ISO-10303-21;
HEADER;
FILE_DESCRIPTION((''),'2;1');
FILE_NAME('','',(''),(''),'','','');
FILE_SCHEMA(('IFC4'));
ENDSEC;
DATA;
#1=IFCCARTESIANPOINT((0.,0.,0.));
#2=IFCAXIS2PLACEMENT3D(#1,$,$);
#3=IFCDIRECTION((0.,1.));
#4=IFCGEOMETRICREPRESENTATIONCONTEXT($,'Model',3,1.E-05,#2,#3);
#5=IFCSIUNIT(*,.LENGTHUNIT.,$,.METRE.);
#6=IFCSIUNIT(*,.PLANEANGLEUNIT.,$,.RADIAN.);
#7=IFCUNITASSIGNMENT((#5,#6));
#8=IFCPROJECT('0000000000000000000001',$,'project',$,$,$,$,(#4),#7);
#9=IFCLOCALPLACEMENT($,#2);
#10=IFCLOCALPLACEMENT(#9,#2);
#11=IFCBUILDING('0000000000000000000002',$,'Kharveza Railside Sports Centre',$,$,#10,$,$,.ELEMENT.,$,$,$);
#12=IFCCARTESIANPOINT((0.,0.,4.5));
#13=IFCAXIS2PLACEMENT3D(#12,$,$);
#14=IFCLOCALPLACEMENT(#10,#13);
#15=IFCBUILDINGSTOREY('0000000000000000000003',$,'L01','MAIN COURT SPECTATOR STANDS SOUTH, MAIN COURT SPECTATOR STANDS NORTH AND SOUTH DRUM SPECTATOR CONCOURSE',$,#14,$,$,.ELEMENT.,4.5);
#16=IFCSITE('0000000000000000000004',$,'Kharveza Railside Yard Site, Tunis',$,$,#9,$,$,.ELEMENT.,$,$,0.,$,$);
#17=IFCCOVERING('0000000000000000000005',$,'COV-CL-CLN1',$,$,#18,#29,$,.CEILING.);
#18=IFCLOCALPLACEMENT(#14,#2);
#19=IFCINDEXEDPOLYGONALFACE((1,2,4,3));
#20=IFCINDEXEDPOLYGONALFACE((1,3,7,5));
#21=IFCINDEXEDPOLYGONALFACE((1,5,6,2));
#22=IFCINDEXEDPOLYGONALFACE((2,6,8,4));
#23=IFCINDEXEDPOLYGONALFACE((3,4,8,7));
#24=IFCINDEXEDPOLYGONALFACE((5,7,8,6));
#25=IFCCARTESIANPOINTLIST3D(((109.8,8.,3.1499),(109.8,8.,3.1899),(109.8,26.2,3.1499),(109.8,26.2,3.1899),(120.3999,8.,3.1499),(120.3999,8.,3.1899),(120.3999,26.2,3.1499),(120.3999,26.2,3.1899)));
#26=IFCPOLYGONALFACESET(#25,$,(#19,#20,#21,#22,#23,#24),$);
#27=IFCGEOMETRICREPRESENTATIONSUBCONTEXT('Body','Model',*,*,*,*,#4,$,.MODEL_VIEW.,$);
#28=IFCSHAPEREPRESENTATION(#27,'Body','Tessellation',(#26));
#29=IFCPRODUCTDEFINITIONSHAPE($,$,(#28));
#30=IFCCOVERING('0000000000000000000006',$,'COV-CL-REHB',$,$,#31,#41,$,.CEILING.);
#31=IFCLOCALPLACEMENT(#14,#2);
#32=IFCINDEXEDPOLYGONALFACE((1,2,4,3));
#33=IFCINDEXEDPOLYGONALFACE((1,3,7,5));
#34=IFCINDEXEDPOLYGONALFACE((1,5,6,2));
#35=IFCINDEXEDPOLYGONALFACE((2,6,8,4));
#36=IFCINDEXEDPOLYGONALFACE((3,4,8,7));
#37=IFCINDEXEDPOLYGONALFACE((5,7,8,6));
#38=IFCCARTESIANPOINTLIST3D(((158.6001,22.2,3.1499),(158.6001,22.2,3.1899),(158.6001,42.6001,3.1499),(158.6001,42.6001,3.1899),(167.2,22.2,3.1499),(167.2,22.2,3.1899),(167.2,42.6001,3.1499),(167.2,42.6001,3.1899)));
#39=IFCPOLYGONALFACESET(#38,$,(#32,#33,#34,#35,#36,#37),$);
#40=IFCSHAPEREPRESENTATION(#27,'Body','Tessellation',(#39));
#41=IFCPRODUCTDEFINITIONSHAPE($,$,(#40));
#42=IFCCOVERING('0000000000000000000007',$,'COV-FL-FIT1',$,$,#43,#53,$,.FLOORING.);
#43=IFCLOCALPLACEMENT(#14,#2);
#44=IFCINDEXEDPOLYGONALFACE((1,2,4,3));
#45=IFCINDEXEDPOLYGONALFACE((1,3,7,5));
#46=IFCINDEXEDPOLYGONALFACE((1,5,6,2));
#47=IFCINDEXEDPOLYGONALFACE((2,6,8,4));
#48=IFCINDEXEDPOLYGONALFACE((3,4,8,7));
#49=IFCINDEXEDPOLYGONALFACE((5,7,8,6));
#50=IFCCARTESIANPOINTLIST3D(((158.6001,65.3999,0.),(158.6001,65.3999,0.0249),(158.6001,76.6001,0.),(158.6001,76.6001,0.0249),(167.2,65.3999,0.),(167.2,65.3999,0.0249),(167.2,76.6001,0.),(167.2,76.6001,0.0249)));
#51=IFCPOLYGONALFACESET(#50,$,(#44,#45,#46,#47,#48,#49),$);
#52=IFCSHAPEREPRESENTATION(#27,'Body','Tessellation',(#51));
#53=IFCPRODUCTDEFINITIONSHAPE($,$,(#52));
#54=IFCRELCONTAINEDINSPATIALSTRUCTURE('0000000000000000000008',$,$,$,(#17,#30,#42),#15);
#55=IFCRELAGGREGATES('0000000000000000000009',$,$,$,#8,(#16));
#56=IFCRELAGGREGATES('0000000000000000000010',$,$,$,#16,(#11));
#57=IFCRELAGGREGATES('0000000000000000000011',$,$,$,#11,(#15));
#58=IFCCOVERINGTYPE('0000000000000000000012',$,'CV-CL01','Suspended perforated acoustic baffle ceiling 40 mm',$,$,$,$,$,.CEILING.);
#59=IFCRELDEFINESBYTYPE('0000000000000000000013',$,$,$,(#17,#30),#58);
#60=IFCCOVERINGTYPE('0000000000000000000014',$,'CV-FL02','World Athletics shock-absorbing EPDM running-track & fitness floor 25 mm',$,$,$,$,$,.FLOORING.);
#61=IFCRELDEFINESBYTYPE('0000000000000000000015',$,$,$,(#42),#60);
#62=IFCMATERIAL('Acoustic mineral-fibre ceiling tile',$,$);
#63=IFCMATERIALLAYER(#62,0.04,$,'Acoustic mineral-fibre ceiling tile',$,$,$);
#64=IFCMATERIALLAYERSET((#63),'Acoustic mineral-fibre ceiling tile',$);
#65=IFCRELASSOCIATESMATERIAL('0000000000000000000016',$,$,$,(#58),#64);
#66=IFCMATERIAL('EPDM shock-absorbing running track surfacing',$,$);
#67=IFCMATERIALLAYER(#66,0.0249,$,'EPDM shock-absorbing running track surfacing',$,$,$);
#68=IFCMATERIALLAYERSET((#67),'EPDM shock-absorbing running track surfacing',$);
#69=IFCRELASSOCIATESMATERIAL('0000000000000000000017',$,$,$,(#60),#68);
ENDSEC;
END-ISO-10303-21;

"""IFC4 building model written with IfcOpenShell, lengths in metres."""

from ifc_helpers import new_model, si_unit, direction, frame, origin, place, context, subcontext, project, spatial, polyline, outline, extrude, material, layer, layer_set, type_object, element, save


model = new_model("IFC4")

# Units and contexts
model_context = context("Model", 3, precision=1e-05, world=origin(), true_north=direction((0.0, 1.0)))
body_context = subcontext(model_context, "Body", "Model", "MODEL_VIEW")
ifc_project = project(units=[si_unit("LENGTHUNIT", "METRE"), si_unit("PLANEANGLEUNIT", "RADIAN")], contexts=[model_context])

# Site, building, storey
site_placement = place(None, origin())
site = spatial("IfcSite", under=ifc_project, at=site_placement, Name="Kharveza Railside Yard Site, Tunis", CompositionType="ELEMENT", RefElevation=0.0)
building_placement = place(site_placement, origin())
building = spatial("IfcBuilding", under=site, at=building_placement, Name="Kharveza Railside Sports Centre", CompositionType="ELEMENT")
storey_placement = place(building_placement, frame((0.0, 0.0, 4.5)))
storey = spatial("IfcBuildingStorey", under=building, at=storey_placement, Name="L01", Description="MAIN COURT SPECTATOR STANDS SOUTH, MAIN COURT SPECTATOR STANDS NORTH AND SOUTH DRUM SPECTATOR CONCOURSE", CompositionType="ELEMENT", Elevation=4.5)

# Coverings
ifc_material_1 = material(Name="Acoustic mineral-fibre ceiling tile")
ifc_layer_1 = layer(ifc_material_1, 0.04, Name="Acoustic mineral-fibre ceiling tile")
ifc_layer_set_1 = layer_set([ifc_layer_1], Name="Acoustic mineral-fibre ceiling tile")
covering_type_1 = type_object("IfcCoveringType", Name="CV-CL01", Description="Suspended perforated acoustic baffle ceiling 40 mm", PredefinedType="CEILING", material=ifc_layer_set_1)
covering_1_placement = place(storey_placement, frame((0.0, 0.0, 3.1499)))
element("IfcCovering", 1, at=covering_1_placement, inside=storey, type_object=covering_type_1, Name="COV-CL-CLN1", PredefinedType="CEILING", context=body_context, shape_type="SweptSolid", body=[
    extrude(outline(polyline([(120.3999, 8.0), (109.8, 8.0), (109.8, 26.2), (120.3999, 26.2), (120.3999, 8.0)])), origin(), (0.0, 0.0, 1.0), 0.04),
])
covering_2_placement = place(storey_placement, frame((0.0, 0.0, 3.1499)))
element("IfcCovering", 2, at=covering_2_placement, inside=storey, type_object=covering_type_1, Name="COV-CL-REHB", PredefinedType="CEILING", context=body_context, shape_type="SweptSolid", body=[
    extrude(outline(polyline([(167.2, 22.2), (158.6001, 22.2), (158.6001, 42.6001), (167.2, 42.6001), (167.2, 22.2)])), origin(), (0.0, 0.0, 1.0), 0.04),
])
ifc_material_2 = material(Name="EPDM shock-absorbing running track surfacing")
ifc_layer_2 = layer(ifc_material_2, 0.0249, Name="EPDM shock-absorbing running track surfacing")
ifc_layer_set_2 = layer_set([ifc_layer_2], Name="EPDM shock-absorbing running track surfacing")
covering_type_2 = type_object("IfcCoveringType", Name="CV-FL02", Description="World Athletics shock-absorbing EPDM running-track & fitness floor 25 mm", PredefinedType="FLOORING", material=ifc_layer_set_2)
covering_3_placement = place(storey_placement, origin())
element("IfcCovering", 3, at=covering_3_placement, inside=storey, type_object=covering_type_2, Name="COV-FL-FIT1", PredefinedType="FLOORING", context=body_context, shape_type="SweptSolid", body=[
    extrude(outline(polyline([(167.2, 65.3999), (158.6001, 65.3999), (158.6001, 76.6001), (167.2, 76.6001), (167.2, 65.3999)])), origin(), (0.0, 0.0, 1.0), 0.0249),
])

save(model, "model.ifc")
